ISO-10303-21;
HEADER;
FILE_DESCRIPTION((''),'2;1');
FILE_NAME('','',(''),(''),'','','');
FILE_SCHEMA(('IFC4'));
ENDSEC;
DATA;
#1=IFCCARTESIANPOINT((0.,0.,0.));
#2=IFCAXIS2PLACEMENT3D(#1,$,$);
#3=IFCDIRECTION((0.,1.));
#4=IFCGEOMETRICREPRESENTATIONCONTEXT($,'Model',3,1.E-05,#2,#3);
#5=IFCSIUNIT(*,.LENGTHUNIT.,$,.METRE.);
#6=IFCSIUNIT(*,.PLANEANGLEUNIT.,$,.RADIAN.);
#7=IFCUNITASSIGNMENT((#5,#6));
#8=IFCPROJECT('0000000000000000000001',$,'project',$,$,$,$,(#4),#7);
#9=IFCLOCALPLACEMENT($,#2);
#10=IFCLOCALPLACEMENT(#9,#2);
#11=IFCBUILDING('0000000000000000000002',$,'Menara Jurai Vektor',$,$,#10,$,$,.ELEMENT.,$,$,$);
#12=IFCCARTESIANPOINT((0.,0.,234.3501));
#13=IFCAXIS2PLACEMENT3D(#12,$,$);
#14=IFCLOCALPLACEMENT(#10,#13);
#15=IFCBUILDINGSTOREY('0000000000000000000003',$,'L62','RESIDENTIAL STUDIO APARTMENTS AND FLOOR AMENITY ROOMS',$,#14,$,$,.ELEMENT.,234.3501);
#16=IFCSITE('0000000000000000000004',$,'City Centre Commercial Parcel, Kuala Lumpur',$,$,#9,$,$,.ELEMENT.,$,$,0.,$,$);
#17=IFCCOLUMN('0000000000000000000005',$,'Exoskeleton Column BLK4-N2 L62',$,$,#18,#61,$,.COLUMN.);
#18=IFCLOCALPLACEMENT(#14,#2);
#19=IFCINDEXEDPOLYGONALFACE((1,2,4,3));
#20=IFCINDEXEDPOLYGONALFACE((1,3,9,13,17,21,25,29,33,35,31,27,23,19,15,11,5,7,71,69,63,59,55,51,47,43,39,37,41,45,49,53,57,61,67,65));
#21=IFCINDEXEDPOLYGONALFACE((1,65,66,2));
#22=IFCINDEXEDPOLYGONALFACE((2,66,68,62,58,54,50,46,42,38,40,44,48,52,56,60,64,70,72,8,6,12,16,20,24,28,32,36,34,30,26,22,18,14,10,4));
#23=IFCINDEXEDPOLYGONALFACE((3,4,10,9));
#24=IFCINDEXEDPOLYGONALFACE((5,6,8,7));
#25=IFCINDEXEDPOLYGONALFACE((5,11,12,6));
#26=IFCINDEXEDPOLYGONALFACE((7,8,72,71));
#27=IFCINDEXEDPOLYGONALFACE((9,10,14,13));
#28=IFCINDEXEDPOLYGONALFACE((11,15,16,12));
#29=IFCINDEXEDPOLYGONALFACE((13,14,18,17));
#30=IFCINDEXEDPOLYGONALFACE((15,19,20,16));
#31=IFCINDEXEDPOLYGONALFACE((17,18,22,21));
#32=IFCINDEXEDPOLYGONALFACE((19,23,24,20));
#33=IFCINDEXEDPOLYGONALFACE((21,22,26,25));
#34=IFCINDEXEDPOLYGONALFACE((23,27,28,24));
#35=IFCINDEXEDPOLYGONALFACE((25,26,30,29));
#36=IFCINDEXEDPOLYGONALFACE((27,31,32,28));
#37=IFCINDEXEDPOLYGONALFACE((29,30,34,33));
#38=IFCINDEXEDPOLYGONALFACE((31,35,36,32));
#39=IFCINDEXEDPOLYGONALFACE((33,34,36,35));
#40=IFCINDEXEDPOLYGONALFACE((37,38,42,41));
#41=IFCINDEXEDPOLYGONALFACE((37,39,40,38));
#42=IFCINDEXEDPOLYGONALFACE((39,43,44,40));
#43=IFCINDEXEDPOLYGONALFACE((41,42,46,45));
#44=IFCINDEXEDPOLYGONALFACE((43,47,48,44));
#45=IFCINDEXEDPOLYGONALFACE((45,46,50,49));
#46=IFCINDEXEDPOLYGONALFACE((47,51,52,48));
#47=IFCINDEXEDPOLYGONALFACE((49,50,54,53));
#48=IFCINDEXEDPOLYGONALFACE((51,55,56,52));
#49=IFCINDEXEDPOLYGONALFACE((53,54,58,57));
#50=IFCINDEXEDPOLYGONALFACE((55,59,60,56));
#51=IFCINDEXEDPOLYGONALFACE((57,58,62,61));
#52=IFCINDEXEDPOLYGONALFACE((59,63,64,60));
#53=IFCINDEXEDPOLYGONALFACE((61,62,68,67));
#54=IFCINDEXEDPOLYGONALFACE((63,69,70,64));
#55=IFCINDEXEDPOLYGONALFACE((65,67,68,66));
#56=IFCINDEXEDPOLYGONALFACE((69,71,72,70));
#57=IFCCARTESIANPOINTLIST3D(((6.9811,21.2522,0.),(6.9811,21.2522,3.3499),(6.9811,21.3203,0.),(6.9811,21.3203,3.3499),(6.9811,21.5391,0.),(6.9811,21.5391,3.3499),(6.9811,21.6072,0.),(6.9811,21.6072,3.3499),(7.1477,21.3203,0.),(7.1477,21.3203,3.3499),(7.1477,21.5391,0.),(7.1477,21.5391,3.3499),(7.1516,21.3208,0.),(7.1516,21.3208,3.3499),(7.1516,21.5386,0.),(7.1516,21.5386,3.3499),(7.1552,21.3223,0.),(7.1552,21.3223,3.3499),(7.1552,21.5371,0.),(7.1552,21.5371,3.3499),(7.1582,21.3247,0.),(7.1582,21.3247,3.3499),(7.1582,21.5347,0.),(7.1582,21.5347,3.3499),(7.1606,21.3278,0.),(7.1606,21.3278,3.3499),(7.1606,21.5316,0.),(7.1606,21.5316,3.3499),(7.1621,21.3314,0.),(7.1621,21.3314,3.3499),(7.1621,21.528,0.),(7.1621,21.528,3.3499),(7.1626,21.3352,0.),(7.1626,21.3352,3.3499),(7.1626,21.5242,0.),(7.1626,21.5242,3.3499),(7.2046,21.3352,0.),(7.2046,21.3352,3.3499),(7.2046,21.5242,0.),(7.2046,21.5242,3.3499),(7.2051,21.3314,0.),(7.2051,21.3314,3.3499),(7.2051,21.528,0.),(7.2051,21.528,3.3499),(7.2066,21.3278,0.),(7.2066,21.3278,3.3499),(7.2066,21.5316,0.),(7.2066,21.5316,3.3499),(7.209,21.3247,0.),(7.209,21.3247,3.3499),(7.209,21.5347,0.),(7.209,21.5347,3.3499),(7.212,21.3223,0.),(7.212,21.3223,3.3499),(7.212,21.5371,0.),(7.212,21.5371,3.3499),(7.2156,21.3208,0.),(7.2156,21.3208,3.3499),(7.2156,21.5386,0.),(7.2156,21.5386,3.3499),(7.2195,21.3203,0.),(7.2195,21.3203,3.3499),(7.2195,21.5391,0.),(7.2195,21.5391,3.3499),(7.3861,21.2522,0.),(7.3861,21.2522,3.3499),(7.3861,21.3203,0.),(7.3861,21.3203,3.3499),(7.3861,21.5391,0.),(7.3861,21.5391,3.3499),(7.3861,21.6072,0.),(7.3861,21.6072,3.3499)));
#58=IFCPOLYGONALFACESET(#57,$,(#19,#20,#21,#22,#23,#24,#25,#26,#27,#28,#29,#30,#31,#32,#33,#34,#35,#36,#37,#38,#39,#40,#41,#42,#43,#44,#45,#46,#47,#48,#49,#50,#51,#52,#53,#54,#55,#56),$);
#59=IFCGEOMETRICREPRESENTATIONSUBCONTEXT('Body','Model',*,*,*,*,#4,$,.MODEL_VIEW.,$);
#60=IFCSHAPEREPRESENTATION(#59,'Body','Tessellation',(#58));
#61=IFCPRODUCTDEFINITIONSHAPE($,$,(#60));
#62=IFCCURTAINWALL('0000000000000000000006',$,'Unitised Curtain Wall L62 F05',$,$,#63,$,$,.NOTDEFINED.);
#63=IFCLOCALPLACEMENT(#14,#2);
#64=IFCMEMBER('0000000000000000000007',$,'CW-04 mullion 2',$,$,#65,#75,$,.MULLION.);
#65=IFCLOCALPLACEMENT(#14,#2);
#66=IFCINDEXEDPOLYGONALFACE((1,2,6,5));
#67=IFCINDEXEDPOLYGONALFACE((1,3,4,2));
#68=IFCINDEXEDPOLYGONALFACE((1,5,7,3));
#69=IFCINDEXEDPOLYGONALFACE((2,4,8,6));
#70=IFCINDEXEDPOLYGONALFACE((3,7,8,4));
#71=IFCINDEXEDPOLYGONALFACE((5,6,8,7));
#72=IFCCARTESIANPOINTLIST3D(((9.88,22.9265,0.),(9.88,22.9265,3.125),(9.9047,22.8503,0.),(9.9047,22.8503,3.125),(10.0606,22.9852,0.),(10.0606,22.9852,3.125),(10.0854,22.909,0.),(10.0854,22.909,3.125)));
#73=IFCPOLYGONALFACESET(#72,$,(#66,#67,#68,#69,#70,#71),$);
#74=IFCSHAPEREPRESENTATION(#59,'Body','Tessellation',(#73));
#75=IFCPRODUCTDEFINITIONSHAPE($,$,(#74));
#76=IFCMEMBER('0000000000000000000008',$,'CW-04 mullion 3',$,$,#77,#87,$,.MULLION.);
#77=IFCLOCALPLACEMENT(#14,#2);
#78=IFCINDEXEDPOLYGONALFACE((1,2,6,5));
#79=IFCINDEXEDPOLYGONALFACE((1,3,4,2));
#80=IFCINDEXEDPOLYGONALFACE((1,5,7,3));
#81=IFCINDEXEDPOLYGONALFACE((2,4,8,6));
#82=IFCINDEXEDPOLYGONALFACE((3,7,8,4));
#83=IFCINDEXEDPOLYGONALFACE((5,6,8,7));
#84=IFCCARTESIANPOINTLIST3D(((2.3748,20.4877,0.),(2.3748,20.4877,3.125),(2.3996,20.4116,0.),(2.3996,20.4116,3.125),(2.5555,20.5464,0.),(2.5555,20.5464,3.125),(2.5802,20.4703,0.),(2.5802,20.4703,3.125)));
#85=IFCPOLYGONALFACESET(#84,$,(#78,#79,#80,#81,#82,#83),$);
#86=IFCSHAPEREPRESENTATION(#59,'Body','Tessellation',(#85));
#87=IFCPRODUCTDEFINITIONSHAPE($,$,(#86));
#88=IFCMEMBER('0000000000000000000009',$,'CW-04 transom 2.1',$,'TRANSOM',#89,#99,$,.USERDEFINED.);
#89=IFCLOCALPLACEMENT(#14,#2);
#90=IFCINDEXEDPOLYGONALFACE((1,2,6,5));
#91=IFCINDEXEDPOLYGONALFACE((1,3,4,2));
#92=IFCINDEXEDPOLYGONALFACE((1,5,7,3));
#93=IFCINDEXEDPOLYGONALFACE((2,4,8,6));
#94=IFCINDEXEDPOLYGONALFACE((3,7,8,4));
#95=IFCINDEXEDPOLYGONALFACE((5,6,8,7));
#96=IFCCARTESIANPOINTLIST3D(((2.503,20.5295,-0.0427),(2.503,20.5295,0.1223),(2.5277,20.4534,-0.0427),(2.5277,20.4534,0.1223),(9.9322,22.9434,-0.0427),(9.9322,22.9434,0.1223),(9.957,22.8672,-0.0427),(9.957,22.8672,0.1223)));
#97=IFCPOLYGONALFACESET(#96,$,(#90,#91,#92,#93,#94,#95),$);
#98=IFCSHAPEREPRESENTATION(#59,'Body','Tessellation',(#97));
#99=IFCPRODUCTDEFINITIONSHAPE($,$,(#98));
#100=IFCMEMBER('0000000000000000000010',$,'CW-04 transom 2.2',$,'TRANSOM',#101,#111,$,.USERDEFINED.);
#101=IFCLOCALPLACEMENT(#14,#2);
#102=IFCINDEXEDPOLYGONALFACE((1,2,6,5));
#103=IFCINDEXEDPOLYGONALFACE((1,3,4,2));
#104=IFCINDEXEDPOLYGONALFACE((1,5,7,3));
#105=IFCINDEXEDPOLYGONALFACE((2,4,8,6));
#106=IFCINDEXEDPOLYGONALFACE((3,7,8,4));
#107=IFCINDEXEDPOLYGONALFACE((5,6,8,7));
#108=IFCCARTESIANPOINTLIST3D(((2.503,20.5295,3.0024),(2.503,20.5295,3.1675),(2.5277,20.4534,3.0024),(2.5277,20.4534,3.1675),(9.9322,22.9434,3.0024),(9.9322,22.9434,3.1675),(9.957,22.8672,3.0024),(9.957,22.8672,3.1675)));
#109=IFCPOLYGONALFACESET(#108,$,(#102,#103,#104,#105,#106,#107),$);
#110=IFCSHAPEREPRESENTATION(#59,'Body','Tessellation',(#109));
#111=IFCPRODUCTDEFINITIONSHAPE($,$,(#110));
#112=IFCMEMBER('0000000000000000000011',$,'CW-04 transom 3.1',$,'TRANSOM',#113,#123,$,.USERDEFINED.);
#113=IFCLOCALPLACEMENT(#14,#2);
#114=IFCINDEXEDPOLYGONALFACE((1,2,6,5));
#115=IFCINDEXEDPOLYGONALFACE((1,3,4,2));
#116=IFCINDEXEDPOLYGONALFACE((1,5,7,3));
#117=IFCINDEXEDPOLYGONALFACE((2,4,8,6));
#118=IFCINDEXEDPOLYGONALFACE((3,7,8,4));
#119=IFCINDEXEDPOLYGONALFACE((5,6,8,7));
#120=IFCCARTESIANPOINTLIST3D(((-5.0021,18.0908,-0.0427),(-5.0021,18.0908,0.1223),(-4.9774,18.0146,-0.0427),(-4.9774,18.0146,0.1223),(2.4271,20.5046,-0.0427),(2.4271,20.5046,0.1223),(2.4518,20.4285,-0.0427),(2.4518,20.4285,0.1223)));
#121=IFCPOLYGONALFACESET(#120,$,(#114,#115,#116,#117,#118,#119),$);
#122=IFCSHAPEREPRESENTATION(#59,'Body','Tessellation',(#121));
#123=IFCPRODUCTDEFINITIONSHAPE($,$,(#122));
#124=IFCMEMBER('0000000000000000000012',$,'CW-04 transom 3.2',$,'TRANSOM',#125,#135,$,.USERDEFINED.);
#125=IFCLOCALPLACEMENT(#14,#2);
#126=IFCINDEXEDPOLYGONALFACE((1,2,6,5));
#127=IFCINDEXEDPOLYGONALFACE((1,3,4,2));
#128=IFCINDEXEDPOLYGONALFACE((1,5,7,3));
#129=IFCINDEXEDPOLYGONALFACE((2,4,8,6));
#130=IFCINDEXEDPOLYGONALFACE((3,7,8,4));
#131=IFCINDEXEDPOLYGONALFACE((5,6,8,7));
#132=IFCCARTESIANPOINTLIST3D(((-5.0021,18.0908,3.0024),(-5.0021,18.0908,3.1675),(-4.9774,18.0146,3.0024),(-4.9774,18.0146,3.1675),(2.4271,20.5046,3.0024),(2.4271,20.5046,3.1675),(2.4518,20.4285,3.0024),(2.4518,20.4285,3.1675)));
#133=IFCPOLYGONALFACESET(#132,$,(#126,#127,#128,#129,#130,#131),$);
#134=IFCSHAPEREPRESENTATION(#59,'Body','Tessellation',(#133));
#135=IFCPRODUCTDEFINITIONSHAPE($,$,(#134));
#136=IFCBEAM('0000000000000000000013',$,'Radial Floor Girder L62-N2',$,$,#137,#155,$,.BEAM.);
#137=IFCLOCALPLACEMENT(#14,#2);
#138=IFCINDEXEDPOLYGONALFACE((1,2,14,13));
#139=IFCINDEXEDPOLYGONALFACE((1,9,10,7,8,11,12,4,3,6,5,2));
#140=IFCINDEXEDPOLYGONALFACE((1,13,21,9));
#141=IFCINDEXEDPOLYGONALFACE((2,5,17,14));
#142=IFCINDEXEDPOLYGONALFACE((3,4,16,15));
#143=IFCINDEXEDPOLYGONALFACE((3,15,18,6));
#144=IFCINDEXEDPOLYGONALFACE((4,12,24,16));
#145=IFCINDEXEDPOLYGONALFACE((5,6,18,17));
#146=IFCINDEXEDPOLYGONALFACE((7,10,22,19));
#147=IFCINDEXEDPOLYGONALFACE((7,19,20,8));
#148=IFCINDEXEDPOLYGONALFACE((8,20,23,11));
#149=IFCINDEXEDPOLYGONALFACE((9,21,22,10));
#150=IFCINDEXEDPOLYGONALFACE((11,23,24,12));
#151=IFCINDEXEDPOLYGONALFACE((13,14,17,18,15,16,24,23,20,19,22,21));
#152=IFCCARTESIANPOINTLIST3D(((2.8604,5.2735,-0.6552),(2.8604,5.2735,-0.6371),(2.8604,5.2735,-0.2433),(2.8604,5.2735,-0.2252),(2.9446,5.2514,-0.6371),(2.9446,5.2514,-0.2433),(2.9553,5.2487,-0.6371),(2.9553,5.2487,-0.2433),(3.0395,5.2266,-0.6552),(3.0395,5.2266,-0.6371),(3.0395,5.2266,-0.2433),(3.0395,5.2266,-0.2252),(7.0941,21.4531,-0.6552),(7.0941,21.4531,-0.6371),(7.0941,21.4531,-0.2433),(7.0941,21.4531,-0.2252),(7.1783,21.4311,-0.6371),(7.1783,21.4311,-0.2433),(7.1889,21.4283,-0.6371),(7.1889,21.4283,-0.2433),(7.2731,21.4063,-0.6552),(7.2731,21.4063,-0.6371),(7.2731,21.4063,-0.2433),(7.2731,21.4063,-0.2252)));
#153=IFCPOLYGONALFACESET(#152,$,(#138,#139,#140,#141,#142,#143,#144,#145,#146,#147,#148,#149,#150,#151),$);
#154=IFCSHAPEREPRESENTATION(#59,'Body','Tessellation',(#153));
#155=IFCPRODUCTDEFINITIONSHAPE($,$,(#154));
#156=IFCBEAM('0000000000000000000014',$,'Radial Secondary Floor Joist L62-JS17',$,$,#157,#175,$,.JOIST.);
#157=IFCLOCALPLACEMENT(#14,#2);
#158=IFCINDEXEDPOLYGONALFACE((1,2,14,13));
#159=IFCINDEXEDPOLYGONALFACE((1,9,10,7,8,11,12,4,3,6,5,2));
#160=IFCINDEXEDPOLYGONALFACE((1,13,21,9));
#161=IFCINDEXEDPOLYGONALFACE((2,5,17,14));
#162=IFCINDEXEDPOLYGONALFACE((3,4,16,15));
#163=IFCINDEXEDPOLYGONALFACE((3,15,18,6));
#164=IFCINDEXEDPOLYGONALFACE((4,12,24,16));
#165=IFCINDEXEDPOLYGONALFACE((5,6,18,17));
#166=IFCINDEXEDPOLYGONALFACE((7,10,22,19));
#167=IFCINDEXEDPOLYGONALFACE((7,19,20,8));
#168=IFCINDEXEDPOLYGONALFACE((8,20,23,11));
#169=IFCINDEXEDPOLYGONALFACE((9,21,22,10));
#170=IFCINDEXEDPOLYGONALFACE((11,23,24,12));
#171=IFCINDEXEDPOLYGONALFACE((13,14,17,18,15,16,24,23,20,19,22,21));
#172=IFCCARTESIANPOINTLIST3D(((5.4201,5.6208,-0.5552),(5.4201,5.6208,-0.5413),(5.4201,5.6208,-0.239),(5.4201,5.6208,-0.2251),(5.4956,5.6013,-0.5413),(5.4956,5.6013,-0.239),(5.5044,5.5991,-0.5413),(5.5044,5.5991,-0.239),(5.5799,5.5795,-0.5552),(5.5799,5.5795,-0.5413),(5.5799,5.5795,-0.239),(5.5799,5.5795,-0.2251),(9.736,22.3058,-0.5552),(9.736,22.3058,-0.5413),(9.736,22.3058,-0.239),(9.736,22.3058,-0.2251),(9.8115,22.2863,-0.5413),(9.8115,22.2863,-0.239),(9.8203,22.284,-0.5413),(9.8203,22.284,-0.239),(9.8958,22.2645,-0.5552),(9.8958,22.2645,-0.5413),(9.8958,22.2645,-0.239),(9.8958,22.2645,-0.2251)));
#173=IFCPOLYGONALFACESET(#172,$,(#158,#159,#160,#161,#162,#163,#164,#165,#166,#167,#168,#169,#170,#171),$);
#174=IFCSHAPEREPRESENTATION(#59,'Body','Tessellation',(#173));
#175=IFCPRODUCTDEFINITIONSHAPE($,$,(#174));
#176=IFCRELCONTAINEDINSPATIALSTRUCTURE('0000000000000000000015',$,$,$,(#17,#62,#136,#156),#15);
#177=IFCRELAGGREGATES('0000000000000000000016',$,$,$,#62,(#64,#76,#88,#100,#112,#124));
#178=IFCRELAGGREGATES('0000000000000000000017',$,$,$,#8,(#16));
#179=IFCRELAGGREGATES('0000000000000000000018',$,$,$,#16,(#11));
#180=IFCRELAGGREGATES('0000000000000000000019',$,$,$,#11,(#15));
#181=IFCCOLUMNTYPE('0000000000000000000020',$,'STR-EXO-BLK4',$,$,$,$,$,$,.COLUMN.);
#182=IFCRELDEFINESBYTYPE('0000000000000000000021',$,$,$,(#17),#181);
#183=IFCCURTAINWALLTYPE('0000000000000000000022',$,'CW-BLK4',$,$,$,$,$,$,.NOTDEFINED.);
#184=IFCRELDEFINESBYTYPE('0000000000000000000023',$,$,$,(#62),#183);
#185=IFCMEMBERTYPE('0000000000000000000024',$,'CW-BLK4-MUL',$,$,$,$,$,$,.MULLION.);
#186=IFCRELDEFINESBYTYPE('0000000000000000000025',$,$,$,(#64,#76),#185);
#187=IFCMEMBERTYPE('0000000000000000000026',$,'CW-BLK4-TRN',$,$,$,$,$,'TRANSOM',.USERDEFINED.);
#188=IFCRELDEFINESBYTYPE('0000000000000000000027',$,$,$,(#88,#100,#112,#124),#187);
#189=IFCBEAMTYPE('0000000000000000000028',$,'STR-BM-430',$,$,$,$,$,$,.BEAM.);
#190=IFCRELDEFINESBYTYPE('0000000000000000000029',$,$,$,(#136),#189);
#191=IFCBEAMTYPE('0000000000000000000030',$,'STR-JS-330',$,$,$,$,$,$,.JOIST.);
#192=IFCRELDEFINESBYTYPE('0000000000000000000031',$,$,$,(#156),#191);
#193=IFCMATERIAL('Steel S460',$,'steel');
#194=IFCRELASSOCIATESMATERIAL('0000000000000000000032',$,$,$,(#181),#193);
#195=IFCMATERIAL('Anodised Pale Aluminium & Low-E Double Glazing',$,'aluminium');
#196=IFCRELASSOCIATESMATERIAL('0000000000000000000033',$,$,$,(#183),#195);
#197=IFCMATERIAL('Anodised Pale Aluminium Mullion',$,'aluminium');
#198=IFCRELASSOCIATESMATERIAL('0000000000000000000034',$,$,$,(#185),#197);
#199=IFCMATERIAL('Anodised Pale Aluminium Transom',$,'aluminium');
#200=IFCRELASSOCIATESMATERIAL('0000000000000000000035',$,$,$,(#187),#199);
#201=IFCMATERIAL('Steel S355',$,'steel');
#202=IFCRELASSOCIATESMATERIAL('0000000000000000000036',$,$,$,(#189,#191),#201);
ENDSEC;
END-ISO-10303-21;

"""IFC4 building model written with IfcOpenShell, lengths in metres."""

from ifc_helpers import new_model, si_unit, direction, frame, origin, origin_2d, place, context, subcontext, project, spatial, rectangle, i_section, extrude, material, material_profile, profile_set, type_object, element, aggregate, save


model = new_model("IFC4")

# Units and contexts
model_context = context("Model", 3, precision=1e-05, world=origin(), true_north=direction((0.0, 1.0)))
body_context = subcontext(model_context, "Body", "Model", "MODEL_VIEW")
ifc_project = project(units=[si_unit("LENGTHUNIT", "METRE"), si_unit("PLANEANGLEUNIT", "RADIAN")], contexts=[model_context])

# Site, building, storey
site_placement = place(None, origin())
site = spatial("IfcSite", under=ifc_project, at=site_placement, Name="City Centre Commercial Parcel, Kuala Lumpur", CompositionType="ELEMENT", RefElevation=0.0)
building_placement = place(site_placement, origin())
building = spatial("IfcBuilding", under=site, at=building_placement, Name="Menara Jurai Vektor", CompositionType="ELEMENT")
storey_placement = place(building_placement, frame((0.0, 0.0, 234.3501)))
storey = spatial("IfcBuildingStorey", under=building, at=storey_placement, Name="L62", Description="RESIDENTIAL STUDIO APARTMENTS AND FLOOR AMENITY ROOMS", CompositionType="ELEMENT", Elevation=234.3501)

# Column
ifc_material_1 = material(Name="Steel S460", Category="steel")
ifc_material_profile_1 = material_profile(ifc_material_1, i_section(OverallWidth=0.405, OverallDepth=0.355, WebThickness=0.042, FlangeThickness=0.0681, FilletRadius=0.0149, at=origin_2d()), Name="HD 400x551")
ifc_profile_set_1 = profile_set([ifc_material_profile_1], Name="Steel S460")
column_type = type_object("IfcColumnType", Name="STR-EXO-BLK4", PredefinedType="COLUMN", material=ifc_profile_set_1)
column_placement = place(storey_placement, frame((7.1836, 21.4297, 0.0), z_axis=(0.0, 0.0, 1.0), x_axis=(1.0, 0.0, 0.0)))
element("IfcColumn", 1, at=column_placement, inside=storey, type_object=column_type, Name="Exoskeleton Column BLK4-N2 L62", PredefinedType="COLUMN", context=body_context, shape_type="SweptSolid", body=[
    extrude(i_section(OverallWidth=0.405, OverallDepth=0.355, WebThickness=0.042, FlangeThickness=0.0681, FilletRadius=0.0149, at=origin_2d()), origin(), (0.0, 0.0, 1.0), 3.3499),
])

# Curtain wall, members
ifc_material_2 = material(Name="Anodised Pale Aluminium & Low-E Double Glazing", Category="aluminium")
curtain_wall_type = type_object("IfcCurtainWallType", Name="CW-BLK4", PredefinedType="NOTDEFINED", material=ifc_material_2)
curtain_wall_placement = place(storey_placement, origin())
curtain_wall = element("IfcCurtainWall", 2, at=curtain_wall_placement, inside=storey, type_object=curtain_wall_type, Name="Unitised Curtain Wall L62 F05", PredefinedType="NOTDEFINED")
ifc_material_3 = material(Name="Anodised Pale Aluminium Mullion", Category="aluminium")
ifc_material_profile_2 = material_profile(ifc_material_3, rectangle(XDim=0.0801, YDim=0.1899, at=origin_2d()), Name="ALU MUL 80x190")
ifc_profile_set_2 = profile_set([ifc_material_profile_2], Name="Anodised Pale Aluminium Mullion")
member_type_1 = type_object("IfcMemberType", Name="CW-BLK4-MUL", PredefinedType="MULLION", material=ifc_profile_set_2)
member_1_placement = place(storey_placement, frame((9.9827, 22.9177, 0.0), z_axis=(0.0, 0.0, 1.0), x_axis=(0.309017, -0.951056, 0.0)))
member_1 = element("IfcMember", 3, at=member_1_placement, type_object=member_type_1, Name="CW-04 mullion 2", PredefinedType="MULLION", context=body_context, shape_type="SweptSolid", body=[
    extrude(rectangle(XDim=0.0801, YDim=0.1899, at=origin_2d()), origin(), (0.0, 0.0, 1.0), 3.125),
])
member_2_placement = place(storey_placement, frame((2.4775, 20.479, 0.0), z_axis=(0.0, 0.0, 1.0), x_axis=(0.309017, -0.951056, 0.0)))
member_2 = element("IfcMember", 4, at=member_2_placement, type_object=member_type_1, Name="CW-04 mullion 3", PredefinedType="MULLION", context=body_context, shape_type="SweptSolid", body=[
    extrude(rectangle(XDim=0.0801, YDim=0.1899, at=origin_2d()), origin(), (0.0, 0.0, 1.0), 3.125),
])
ifc_material_4 = material(Name="Anodised Pale Aluminium Transom", Category="aluminium")
ifc_material_profile_3 = material_profile(ifc_material_4, rectangle(XDim=0.0801, YDim=0.165, at=origin_2d()), Name="ALU TRN 80x165")
ifc_profile_set_3 = profile_set([ifc_material_profile_3], Name="Anodised Pale Aluminium Transom")
member_type_2 = type_object("IfcMemberType", Name="CW-BLK4-TRN", ElementType="TRANSOM", PredefinedType="USERDEFINED", material=ifc_profile_set_3)
member_3_placement = place(storey_placement, frame((9.9446, 22.9053, 0.0398), z_axis=(-0.951059, -0.309008, 0.0), x_axis=(0.309008, -0.951059, 0.0)))
member_3 = element("IfcMember", 5, at=member_3_placement, type_object=member_type_2, Name="CW-04 transom 2.1", ObjectType="TRANSOM", PredefinedType="USERDEFINED", context=body_context, shape_type="SweptSolid", body=[
    extrude(rectangle(XDim=0.0801, YDim=0.165, at=origin_2d()), origin(), (0.0, 0.0, 1.0), 7.8115),
])
member_4_placement = place(storey_placement, frame((9.9446, 22.9053, 3.085), z_axis=(-0.951059, -0.309008, 0.0), x_axis=(0.309008, -0.951059, 0.0)))
member_4 = element("IfcMember", 6, at=member_4_placement, type_object=member_type_2, Name="CW-04 transom 2.2", ObjectType="TRANSOM", PredefinedType="USERDEFINED", context=body_context, shape_type="SweptSolid", body=[
    extrude(rectangle(XDim=0.0801, YDim=0.165, at=origin_2d()), origin(), (0.0, 0.0, 1.0), 7.8115),
])
member_5_placement = place(storey_placement, frame((2.4395, 20.4666, 0.0398), z_axis=(-0.951059, -0.309008, 0.0), x_axis=(0.309008, -0.951059, 0.0)))
member_5 = element("IfcMember", 7, at=member_5_placement, type_object=member_type_2, Name="CW-04 transom 3.1", ObjectType="TRANSOM", PredefinedType="USERDEFINED", context=body_context, shape_type="SweptSolid", body=[
    extrude(rectangle(XDim=0.0801, YDim=0.165, at=origin_2d()), origin(), (0.0, 0.0, 1.0), 7.8115),
])
member_6_placement = place(storey_placement, frame((2.4395, 20.4666, 3.085), z_axis=(-0.951059, -0.309008, 0.0), x_axis=(0.309008, -0.951059, 0.0)))
member_6 = element("IfcMember", 8, at=member_6_placement, type_object=member_type_2, Name="CW-04 transom 3.2", ObjectType="TRANSOM", PredefinedType="USERDEFINED", context=body_context, shape_type="SweptSolid", body=[
    extrude(rectangle(XDim=0.0801, YDim=0.165, at=origin_2d()), origin(), (0.0, 0.0, 1.0), 7.8115),
])

# Beams
ifc_material_5 = material(Name="Steel S355", Category="steel")
ifc_material_profile_4 = material_profile(ifc_material_5, i_section(OverallWidth=0.1851, OverallDepth=0.4299, WebThickness=0.011, FlangeThickness=0.0181, at=origin_2d()), Name="PG 430x185x76")
ifc_profile_set_4 = profile_set([ifc_material_profile_4], Name="Steel S355")
beam_type_1 = type_object("IfcBeamType", Name="STR-BM-430", PredefinedType="BEAM", material=ifc_profile_set_4)
beam_1_placement = place(storey_placement, frame((7.1836, 21.4297, -0.4402), z_axis=(-0.253141, -0.967429, 0.0), x_axis=(0.967429, -0.253141, 0.0)))
element("IfcBeam", 9, at=beam_1_placement, inside=storey, type_object=beam_type_1, Name="Radial Floor Girder L62-N2", PredefinedType="BEAM", context=body_context, shape_type="SweptSolid", body=[
    extrude(i_section(OverallWidth=0.1851, OverallDepth=0.4299, WebThickness=0.011, FlangeThickness=0.0181, at=origin_2d()), origin(), (0.0, 0.0, 1.0), 16.7244),
])
ifc_material_profile_5 = material_profile(ifc_material_5, i_section(OverallWidth=0.165, OverallDepth=0.3301, WebThickness=0.009, FlangeThickness=0.0139, at=origin_2d()), Name="PG 330x165x46")
ifc_profile_set_5 = profile_set([ifc_material_profile_5], Name="Steel S355")
beam_type_2 = type_object("IfcBeamType", Name="STR-JS-330", PredefinedType="JOIST", material=ifc_profile_set_5)
beam_2_placement = place(storey_placement, frame((9.8159, 22.2852, -0.3901), z_axis=(-0.250427, -0.968135, 0.0), x_axis=(0.968135, -0.250427, 0.0)))
element("IfcBeam", 10, at=beam_2_placement, inside=storey, type_object=beam_type_2, Name="Radial Secondary Floor Joist L62-JS17", PredefinedType="JOIST", context=body_context, shape_type="SweptSolid", body=[
    extrude(i_section(OverallWidth=0.165, OverallDepth=0.3301, WebThickness=0.009, FlangeThickness=0.0139, at=origin_2d()), origin(), (0.0, 0.0, 1.0), 17.2341),
])

aggregate(curtain_wall, [member_1, member_2, member_3, member_4, member_5, member_6])

save(model, "model.ifc")
